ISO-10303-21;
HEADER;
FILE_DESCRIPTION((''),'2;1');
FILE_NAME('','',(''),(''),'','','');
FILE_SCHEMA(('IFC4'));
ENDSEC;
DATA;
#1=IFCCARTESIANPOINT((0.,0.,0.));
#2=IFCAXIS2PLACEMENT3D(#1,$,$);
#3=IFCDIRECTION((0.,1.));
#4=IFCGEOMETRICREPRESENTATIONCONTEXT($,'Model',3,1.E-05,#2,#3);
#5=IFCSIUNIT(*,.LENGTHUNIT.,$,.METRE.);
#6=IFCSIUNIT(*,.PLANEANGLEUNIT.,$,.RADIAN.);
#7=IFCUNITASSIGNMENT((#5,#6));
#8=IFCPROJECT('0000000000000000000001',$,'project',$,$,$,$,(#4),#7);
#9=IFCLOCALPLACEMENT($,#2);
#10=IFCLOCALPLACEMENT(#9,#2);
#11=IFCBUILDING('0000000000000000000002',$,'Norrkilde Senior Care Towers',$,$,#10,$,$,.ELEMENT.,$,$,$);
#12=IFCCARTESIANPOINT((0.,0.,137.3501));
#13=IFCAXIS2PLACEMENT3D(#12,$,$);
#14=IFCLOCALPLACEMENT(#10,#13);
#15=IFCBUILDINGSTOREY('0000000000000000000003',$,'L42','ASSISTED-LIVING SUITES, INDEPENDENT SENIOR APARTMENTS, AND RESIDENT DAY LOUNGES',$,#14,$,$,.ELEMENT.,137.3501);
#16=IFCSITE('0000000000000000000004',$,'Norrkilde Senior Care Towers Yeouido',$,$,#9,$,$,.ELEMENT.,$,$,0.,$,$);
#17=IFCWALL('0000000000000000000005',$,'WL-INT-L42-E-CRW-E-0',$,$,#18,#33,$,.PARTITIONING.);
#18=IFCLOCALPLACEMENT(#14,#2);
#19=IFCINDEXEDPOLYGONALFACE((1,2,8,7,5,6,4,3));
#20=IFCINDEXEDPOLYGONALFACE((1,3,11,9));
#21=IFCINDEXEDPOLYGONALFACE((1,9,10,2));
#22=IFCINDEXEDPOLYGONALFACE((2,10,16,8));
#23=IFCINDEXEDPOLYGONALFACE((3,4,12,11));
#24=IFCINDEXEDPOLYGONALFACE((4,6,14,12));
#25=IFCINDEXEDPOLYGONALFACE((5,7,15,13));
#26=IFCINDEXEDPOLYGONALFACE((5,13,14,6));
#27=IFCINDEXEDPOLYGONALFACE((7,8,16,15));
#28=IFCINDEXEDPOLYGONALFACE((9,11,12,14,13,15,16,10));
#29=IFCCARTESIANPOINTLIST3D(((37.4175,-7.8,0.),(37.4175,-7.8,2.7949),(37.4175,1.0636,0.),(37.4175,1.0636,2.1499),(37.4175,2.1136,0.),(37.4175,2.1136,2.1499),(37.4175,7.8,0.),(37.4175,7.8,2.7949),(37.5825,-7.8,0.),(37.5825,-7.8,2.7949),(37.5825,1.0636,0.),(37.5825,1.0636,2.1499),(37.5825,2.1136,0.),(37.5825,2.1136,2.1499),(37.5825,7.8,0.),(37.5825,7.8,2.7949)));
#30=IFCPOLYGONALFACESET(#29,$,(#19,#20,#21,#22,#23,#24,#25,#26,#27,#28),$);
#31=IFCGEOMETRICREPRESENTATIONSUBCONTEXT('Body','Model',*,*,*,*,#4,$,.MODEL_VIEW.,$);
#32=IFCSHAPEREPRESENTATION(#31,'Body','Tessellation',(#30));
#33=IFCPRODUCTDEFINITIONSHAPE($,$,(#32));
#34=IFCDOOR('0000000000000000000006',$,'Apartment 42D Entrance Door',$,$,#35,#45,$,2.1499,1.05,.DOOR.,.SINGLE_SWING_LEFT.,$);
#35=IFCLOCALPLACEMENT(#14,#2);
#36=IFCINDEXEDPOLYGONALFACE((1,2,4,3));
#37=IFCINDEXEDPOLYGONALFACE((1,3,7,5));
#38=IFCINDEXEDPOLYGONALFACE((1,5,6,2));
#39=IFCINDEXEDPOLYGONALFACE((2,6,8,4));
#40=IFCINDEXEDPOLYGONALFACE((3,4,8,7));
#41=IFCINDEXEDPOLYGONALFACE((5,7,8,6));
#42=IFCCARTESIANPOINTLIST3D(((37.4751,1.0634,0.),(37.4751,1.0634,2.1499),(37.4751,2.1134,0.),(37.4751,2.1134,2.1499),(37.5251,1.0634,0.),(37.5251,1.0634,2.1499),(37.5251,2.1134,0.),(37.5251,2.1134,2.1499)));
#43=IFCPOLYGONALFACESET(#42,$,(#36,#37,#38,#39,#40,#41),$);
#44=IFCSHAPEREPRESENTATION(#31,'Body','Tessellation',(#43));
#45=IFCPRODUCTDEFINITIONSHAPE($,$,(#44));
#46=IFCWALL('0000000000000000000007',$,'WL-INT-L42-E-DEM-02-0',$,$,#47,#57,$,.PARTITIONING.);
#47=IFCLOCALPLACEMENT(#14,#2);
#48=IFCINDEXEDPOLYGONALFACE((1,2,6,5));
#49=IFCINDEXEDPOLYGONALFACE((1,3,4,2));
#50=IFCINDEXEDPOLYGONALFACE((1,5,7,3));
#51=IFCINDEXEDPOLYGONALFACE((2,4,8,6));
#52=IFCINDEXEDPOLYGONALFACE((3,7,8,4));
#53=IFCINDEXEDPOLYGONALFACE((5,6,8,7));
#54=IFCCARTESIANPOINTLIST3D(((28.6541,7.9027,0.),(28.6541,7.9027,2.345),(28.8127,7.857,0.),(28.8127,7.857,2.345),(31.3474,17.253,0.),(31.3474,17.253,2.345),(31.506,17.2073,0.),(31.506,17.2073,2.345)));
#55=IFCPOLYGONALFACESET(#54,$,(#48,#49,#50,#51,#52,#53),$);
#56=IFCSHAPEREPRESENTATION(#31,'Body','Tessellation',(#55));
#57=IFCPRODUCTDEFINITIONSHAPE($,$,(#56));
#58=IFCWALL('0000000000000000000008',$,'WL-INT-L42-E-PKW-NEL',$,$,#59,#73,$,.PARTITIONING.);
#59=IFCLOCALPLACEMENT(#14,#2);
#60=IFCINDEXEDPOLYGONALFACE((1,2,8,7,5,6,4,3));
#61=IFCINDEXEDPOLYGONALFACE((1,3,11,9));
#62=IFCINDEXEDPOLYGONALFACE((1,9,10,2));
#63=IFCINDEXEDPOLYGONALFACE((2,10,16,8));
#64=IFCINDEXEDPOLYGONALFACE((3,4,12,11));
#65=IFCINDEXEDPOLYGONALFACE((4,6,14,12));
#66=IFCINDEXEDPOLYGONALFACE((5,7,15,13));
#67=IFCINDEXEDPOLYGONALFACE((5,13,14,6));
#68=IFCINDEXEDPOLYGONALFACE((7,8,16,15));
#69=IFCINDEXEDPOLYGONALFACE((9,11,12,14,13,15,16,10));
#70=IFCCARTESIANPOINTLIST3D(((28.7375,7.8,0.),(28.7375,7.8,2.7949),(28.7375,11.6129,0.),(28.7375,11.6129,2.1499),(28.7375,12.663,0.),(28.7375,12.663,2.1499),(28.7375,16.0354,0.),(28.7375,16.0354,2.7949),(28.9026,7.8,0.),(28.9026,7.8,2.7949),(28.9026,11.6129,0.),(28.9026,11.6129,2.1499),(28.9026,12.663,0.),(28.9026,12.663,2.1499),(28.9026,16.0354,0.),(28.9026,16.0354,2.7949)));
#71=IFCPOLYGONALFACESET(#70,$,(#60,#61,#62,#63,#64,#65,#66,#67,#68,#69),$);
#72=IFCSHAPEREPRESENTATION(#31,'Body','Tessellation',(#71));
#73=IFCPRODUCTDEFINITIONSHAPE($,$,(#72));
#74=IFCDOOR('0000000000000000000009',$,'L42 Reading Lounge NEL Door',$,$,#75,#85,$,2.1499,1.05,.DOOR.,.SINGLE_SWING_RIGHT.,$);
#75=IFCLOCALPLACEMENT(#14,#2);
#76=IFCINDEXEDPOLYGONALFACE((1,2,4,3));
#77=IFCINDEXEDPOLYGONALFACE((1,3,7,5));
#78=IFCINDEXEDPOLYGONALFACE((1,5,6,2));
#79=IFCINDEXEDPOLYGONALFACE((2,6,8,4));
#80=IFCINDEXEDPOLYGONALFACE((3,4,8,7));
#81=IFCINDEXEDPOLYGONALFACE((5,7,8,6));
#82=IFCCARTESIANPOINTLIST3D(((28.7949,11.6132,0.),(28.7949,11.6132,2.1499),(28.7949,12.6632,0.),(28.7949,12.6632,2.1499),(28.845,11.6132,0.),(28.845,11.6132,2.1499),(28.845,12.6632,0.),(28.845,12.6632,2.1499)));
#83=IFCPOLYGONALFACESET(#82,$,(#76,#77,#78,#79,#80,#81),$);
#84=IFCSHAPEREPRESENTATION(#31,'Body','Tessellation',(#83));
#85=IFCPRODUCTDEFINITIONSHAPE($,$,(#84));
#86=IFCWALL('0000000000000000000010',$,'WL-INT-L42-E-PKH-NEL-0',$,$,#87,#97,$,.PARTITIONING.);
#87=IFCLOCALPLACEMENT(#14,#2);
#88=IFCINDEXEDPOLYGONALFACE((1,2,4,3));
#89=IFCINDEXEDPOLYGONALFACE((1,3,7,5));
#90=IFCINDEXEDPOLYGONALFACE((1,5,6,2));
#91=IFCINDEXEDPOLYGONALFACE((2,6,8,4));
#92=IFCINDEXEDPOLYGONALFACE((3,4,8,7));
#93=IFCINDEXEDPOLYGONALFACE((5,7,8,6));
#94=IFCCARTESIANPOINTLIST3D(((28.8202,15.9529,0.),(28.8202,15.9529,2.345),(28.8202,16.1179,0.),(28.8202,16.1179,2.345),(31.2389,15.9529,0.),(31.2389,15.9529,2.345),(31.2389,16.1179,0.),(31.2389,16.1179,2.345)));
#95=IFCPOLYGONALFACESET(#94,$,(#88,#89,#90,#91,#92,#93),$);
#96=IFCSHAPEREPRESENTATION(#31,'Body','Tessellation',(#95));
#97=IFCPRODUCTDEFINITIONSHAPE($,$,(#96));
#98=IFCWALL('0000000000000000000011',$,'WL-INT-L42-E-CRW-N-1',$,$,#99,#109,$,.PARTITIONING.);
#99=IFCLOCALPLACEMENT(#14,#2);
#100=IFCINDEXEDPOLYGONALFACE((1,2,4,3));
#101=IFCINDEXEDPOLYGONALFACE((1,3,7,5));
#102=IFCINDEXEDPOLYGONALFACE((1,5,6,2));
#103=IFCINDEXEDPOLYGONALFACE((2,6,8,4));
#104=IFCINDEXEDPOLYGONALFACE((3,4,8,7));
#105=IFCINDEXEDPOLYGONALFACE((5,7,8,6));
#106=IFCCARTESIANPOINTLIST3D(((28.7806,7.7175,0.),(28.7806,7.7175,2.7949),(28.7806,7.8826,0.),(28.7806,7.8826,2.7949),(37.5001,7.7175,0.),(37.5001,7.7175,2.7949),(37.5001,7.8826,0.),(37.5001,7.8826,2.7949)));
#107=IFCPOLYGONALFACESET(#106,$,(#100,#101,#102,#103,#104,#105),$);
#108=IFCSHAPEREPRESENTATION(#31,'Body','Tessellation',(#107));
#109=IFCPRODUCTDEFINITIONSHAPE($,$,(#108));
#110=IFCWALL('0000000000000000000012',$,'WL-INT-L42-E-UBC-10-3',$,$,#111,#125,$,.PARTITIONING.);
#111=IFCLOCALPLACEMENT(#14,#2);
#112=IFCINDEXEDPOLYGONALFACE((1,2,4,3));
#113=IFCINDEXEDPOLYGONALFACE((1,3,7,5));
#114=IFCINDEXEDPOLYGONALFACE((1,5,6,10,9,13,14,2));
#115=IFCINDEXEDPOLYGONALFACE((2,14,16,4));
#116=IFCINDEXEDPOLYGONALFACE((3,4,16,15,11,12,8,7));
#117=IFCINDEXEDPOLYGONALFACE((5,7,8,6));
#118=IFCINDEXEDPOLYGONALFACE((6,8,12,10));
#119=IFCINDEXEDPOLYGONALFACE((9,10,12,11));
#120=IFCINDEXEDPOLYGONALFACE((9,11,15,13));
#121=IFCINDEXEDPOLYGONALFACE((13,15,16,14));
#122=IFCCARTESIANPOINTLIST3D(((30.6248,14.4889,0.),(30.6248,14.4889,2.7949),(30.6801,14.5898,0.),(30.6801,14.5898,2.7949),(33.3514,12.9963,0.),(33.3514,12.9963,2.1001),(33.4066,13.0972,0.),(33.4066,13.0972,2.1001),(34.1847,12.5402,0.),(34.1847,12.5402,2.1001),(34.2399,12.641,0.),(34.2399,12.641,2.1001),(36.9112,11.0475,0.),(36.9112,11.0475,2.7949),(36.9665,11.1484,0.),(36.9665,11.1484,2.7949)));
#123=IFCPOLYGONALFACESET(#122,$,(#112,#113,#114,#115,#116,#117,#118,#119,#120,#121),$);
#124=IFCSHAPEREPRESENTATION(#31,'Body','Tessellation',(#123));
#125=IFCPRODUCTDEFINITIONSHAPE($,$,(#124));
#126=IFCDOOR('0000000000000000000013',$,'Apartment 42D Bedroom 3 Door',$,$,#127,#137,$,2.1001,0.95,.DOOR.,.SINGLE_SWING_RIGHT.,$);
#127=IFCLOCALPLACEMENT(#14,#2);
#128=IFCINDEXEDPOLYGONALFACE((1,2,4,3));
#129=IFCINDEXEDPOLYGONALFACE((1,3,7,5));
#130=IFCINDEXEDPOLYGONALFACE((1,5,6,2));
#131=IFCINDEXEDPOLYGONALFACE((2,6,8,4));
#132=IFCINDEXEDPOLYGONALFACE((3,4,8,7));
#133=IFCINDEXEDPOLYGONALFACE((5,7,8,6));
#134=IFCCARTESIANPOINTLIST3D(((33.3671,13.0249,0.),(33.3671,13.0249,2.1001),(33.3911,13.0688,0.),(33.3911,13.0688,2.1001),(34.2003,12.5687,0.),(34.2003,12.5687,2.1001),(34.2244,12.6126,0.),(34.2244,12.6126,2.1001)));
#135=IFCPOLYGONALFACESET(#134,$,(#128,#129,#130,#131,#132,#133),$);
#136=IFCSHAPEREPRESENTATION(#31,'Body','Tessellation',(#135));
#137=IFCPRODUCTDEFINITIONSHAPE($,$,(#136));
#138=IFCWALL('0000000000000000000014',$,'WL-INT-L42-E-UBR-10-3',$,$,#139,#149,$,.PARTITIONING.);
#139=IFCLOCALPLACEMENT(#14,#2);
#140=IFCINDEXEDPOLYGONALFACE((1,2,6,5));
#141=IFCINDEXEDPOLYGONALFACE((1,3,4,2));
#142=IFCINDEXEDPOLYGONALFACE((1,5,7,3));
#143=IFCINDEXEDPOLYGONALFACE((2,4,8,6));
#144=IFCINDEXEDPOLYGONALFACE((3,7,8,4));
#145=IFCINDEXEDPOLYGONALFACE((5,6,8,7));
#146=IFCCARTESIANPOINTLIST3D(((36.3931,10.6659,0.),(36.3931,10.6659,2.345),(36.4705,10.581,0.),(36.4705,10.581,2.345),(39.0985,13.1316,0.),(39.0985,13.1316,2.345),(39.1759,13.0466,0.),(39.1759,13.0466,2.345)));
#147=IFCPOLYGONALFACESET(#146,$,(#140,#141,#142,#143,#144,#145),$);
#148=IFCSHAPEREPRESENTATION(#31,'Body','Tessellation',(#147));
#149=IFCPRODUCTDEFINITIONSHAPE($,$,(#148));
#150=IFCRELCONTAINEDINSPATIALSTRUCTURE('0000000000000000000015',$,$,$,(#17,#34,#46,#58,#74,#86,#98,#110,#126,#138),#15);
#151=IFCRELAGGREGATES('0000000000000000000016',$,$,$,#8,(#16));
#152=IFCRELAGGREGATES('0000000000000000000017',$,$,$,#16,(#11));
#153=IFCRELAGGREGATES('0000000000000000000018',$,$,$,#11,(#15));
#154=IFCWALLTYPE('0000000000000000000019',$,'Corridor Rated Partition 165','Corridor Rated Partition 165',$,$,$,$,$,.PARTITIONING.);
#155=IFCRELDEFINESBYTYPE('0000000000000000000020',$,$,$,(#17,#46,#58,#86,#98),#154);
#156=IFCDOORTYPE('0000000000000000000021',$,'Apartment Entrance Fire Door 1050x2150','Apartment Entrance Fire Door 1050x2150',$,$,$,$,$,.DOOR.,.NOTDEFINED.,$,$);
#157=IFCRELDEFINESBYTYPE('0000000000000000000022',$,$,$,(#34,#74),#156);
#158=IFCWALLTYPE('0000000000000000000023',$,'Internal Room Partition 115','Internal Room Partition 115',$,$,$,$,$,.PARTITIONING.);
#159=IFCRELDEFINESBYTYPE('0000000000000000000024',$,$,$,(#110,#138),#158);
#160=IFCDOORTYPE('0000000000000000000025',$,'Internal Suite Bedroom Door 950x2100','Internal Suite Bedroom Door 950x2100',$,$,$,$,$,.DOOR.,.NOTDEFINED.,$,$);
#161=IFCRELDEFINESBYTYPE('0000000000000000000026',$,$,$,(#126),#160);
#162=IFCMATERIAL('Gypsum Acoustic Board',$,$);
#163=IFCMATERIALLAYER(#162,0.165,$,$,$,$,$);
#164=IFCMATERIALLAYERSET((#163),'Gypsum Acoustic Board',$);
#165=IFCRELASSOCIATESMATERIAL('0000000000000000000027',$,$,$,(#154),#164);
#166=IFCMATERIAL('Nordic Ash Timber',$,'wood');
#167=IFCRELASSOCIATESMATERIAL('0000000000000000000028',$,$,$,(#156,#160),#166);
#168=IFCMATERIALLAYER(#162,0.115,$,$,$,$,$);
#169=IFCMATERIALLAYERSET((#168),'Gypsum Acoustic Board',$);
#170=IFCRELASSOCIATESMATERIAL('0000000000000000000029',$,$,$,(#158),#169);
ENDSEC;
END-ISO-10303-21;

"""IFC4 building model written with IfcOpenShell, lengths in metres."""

from ifc_helpers import new_model, si_unit, direction, frame, frame_2d, origin, place, context, subcontext, project, spatial, rectangle, extrude, source, transform, mapped, material, layer, layer_set, type_object, type_shapes, element, fill, save


model = new_model("IFC4")

# Units and contexts
model_context = context("Model", 3, precision=1e-05, world=origin(), true_north=direction((0.0, 1.0)))
body_context = subcontext(model_context, "Body", "Model", "MODEL_VIEW")
ifc_project = project(units=[si_unit("LENGTHUNIT", "METRE"), si_unit("PLANEANGLEUNIT", "RADIAN")], contexts=[model_context])

# Site, building, storey
site_placement = place(None, origin())
site = spatial("IfcSite", under=ifc_project, at=site_placement, Name="Norrkilde Senior Care Towers Yeouido", CompositionType="ELEMENT", RefElevation=0.0)
building_placement = place(site_placement, origin())
building = spatial("IfcBuilding", under=site, at=building_placement, Name="Norrkilde Senior Care Towers", CompositionType="ELEMENT")
storey_placement = place(building_placement, frame((0.0, 0.0, 137.3501)))
storey = spatial("IfcBuildingStorey", under=building, at=storey_placement, Name="L42", Description="ASSISTED-LIVING SUITES, INDEPENDENT SENIOR APARTMENTS, AND RESIDENT DAY LOUNGES", CompositionType="ELEMENT", Elevation=137.3501)

# Wall, opening, door
ifc_material_1 = material(Name="Gypsum Acoustic Board")
ifc_layer_1 = layer(ifc_material_1, 0.165)
ifc_layer_set_1 = layer_set([ifc_layer_1], Name="Gypsum Acoustic Board")
wall_type_1 = type_object("IfcWallType", Name="Corridor Rated Partition 165", Description="Corridor Rated Partition 165", PredefinedType="PARTITIONING", material=ifc_layer_set_1)
shared_shape_1 = source(origin(), body_context, "Body", "SweptSolid", [
    extrude(rectangle(XDim=15.6001, YDim=0.165, at=frame_2d((7.8, 0.0))), origin(), (0.0, 0.0, 1.0), 2.7949),
])
wall_1_placement = place(storey_placement, frame((37.5, 7.8, 0.0), z_axis=(0.0, 0.0, 1.0), x_axis=(0.0, -1.0, 0.0)))
wall_1 = element("IfcWall", 1, at=wall_1_placement, inside=storey, type_object=wall_type_1, Name="WL-INT-L42-E-CRW-E-0", PredefinedType="PARTITIONING", context=body_context, shape_type="MappedRepresentation", body=[
    mapped(shared_shape_1, transform((0.0, 0.0, 0.0), x_axis=(1.0, 0.0, 0.0), y_axis=(0.0, 1.0, 0.0), z_axis=(0.0, 0.0, 1.0), scale=1.0)),
])
opening_1_placement = place(wall_1_placement, frame((5.6865, 0.0, 0.0)))
opening_1 = element("IfcOpeningElement", 2, at=opening_1_placement, cuts=wall_1, PredefinedType="OPENING", context=body_context, shape_type="SweptSolid", body=[
    extrude(rectangle(XDim=1.05, YDim=2.1499, at=frame_2d((0.5249, 1.075))), frame((0.0, 0.0925, 0.0), z_axis=(0.0, -1.0, 0.0), x_axis=(1.0, 0.0, 0.0)), (0.0, 0.0, 1.0), 0.1851),
])
ifc_material_2 = material(Name="Nordic Ash Timber", Category="wood")
door_type_1 = type_object("IfcDoorType", Name="Apartment Entrance Fire Door 1050x2150", Description="Apartment Entrance Fire Door 1050x2150", OperationType="NOTDEFINED", PredefinedType="DOOR", material=ifc_material_2)
shared_shape_2 = source(origin(), body_context, "Body", "SweptSolid", [
    extrude(rectangle(XDim=1.05, YDim=2.1499, at=frame_2d((0.5249, 1.075))), frame((0.0, 0.0249, 0.0), z_axis=(0.0, -1.0, 0.0), x_axis=(1.0, 0.0, 0.0)), (0.0, 0.0, 1.0), 0.05),
])
type_shapes(door_type_1, [shared_shape_2])
door_1_placement = place(opening_1_placement, frame((1.05, 0.0, 0.0), z_axis=(0.0, 0.0, 1.0), x_axis=(-1.0, 0.0, 0.0)))
door_1 = element("IfcDoor", 3, at=door_1_placement, inside=storey, type_object=door_type_1, Name="Apartment 42D Entrance Door", OperationType="SINGLE_SWING_LEFT", OverallHeight=2.1499, OverallWidth=1.05, PredefinedType="DOOR", context=body_context, shape_type="MappedRepresentation", body=[
    mapped(shared_shape_2, transform((0.0, 0.0, 0.0), x_axis=(1.0, 0.0, 0.0), y_axis=(0.0, 1.0, 0.0), z_axis=(0.0, 0.0, 1.0), scale=1.0)),
])
fill(opening_1, door_1)

# Wall
shared_shape_3 = source(origin(), body_context, "Body", "SweptSolid", [
    extrude(rectangle(XDim=9.7305, YDim=0.165, at=frame_2d((4.8652, 0.0))), origin(), (0.0, 0.0, 1.0), 2.345),
])
wall_2_placement = place(storey_placement, frame((28.7334, 7.8799, 0.0), z_axis=(0.0, 0.0, 1.0), x_axis=(0.276795, 0.960929, 0.0)))
element("IfcWall", 4, at=wall_2_placement, inside=storey, type_object=wall_type_1, Name="WL-INT-L42-E-DEM-02-0", PredefinedType="PARTITIONING", context=body_context, shape_type="MappedRepresentation", body=[
    mapped(shared_shape_3, transform((0.0, 0.0, 0.0), x_axis=(1.0, 0.0, 0.0), y_axis=(0.0, 1.0, 0.0), z_axis=(0.0, 0.0, 1.0), scale=1.0)),
])

# Wall, opening, door
shared_shape_4 = source(origin(), body_context, "Body", "SweptSolid", [
    extrude(rectangle(XDim=8.2354, YDim=0.165, at=frame_2d((4.1177, 0.0))), origin(), (0.0, 0.0, 1.0), 2.7949),
])
wall_3_placement = place(storey_placement, frame((28.8201, 7.8, 0.0), z_axis=(0.0, 0.0, 1.0), x_axis=(0.0, 1.0, 0.0)))
wall_3 = element("IfcWall", 5, at=wall_3_placement, inside=storey, type_object=wall_type_1, Name="WL-INT-L42-E-PKW-NEL", PredefinedType="PARTITIONING", context=body_context, shape_type="MappedRepresentation", body=[
    mapped(shared_shape_4, transform((0.0, 0.0, 0.0), x_axis=(1.0, 0.0, 0.0), y_axis=(0.0, 1.0, 0.0), z_axis=(0.0, 0.0, 1.0), scale=1.0)),
])
opening_2_placement = place(wall_3_placement, frame((3.813, 0.0, 0.0)))
opening_2 = element("IfcOpeningElement", 6, at=opening_2_placement, cuts=wall_3, PredefinedType="OPENING", context=body_context, shape_type="SweptSolid", body=[
    extrude(rectangle(XDim=1.05, YDim=2.1499, at=frame_2d((0.5249, 1.075))), frame((0.0, 0.0925, 0.0), z_axis=(0.0, -1.0, 0.0), x_axis=(1.0, 0.0, 0.0)), (0.0, 0.0, 1.0), 0.1851),
])
door_2_placement = place(opening_2_placement, frame((1.05, 0.0, 0.0), z_axis=(0.0, 0.0, 1.0), x_axis=(-1.0, 0.0, 0.0)))
door_2 = element("IfcDoor", 7, at=door_2_placement, inside=storey, type_object=door_type_1, Name="L42 Reading Lounge NEL Door", OperationType="SINGLE_SWING_RIGHT", OverallHeight=2.1499, OverallWidth=1.05, PredefinedType="DOOR", context=body_context, shape_type="MappedRepresentation", body=[
    mapped(shared_shape_2, transform((0.0, 0.0, 0.0), x_axis=(1.0, 0.0, 0.0), y_axis=(0.0, 1.0, 0.0), z_axis=(0.0, 0.0, 1.0), scale=1.0)),
])
fill(opening_2, door_2)

# Walls
shared_shape_5 = source(origin(), body_context, "Body", "SweptSolid", [
    extrude(rectangle(XDim=2.4187, YDim=0.165, at=frame_2d((1.2095, 0.0))), origin(), (0.0, 0.0, 1.0), 2.345),
])
wall_4_placement = place(storey_placement, frame((28.8201, 16.0354, 0.0), z_axis=(0.0, 0.0, 1.0), x_axis=(1.0, 0.0, 0.0)))
element("IfcWall", 8, at=wall_4_placement, inside=storey, type_object=wall_type_1, Name="WL-INT-L42-E-PKH-NEL-0", PredefinedType="PARTITIONING", context=body_context, shape_type="MappedRepresentation", body=[
    mapped(shared_shape_5, transform((0.0, 0.0, 0.0), x_axis=(1.0, 0.0, 0.0), y_axis=(0.0, 1.0, 0.0), z_axis=(0.0, 0.0, 1.0), scale=1.0)),
])
shared_shape_6 = source(origin(), body_context, "Body", "SweptSolid", [
    extrude(rectangle(XDim=8.7195, YDim=0.165, at=frame_2d((4.3599, 0.0))), origin(), (0.0, 0.0, 1.0), 2.7949),
])
type_shapes(wall_type_1, [shared_shape_1, shared_shape_3, shared_shape_4, shared_shape_5, shared_shape_6])
wall_5_placement = place(storey_placement, frame((28.7805, 7.8, 0.0), z_axis=(0.0, 0.0, 1.0), x_axis=(1.0, 0.0, 0.0)))
element("IfcWall", 9, at=wall_5_placement, inside=storey, type_object=wall_type_1, Name="WL-INT-L42-E-CRW-N-1", PredefinedType="PARTITIONING", context=body_context, shape_type="MappedRepresentation", body=[
    mapped(shared_shape_6, transform((0.0, 0.0, 0.0), x_axis=(1.0, 0.0, 0.0), y_axis=(0.0, 1.0, 0.0), z_axis=(0.0, 0.0, 1.0), scale=1.0)),
])

# Wall, opening, door
ifc_layer_2 = layer(ifc_material_1, 0.115)
ifc_layer_set_2 = layer_set([ifc_layer_2], Name="Gypsum Acoustic Board")
wall_type_2 = type_object("IfcWallType", Name="Internal Room Partition 115", Description="Internal Room Partition 115", PredefinedType="PARTITIONING", material=ifc_layer_set_2)
shared_shape_7 = source(origin(), body_context, "Body", "SweptSolid", [
    extrude(rectangle(XDim=7.1667, YDim=0.115, at=frame_2d((3.5835, 0.0))), origin(), (0.0, 0.0, 1.0), 2.7949),
])
wall_6_placement = place(storey_placement, frame((36.939, 11.0979, 0.0), z_axis=(0.0, 0.0, 1.0), x_axis=(-0.877163, 0.480193, 0.0)))
wall_6 = element("IfcWall", 10, at=wall_6_placement, inside=storey, type_object=wall_type_2, Name="WL-INT-L42-E-UBC-10-3", PredefinedType="PARTITIONING", context=body_context, shape_type="MappedRepresentation", body=[
    mapped(shared_shape_7, transform((0.0, 0.0, 0.0), x_axis=(1.0, 0.0, 0.0), y_axis=(0.0, 1.0, 0.0), z_axis=(0.0, 0.0, 1.0), scale=1.0)),
])
opening_3_placement = place(wall_6_placement, frame((3.1084, 0.0, 0.0)))
opening_3 = element("IfcOpeningElement", 11, at=opening_3_placement, cuts=wall_6, PredefinedType="OPENING", context=body_context, shape_type="SweptSolid", body=[
    extrude(rectangle(XDim=0.95, YDim=2.1001, at=frame_2d((0.4751, 1.05))), frame((0.0, 0.0674, 0.0), z_axis=(0.0, -1.0, 0.0), x_axis=(1.0, 0.0, 0.0)), (0.0, 0.0, 1.0), 0.135),
])
door_type_2 = type_object("IfcDoorType", Name="Internal Suite Bedroom Door 950x2100", Description="Internal Suite Bedroom Door 950x2100", OperationType="NOTDEFINED", PredefinedType="DOOR", material=ifc_material_2)
shared_shape_8 = source(origin(), body_context, "Body", "SweptSolid", [
    extrude(rectangle(XDim=0.95, YDim=2.1001, at=frame_2d((0.4751, 1.05))), frame((0.0, 0.0249, 0.0), z_axis=(0.0, -1.0, 0.0), x_axis=(1.0, 0.0, 0.0)), (0.0, 0.0, 1.0), 0.05),
])
type_shapes(door_type_2, [shared_shape_8])
door_3_placement = place(opening_3_placement, origin())
door_3 = element("IfcDoor", 12, at=door_3_placement, inside=storey, type_object=door_type_2, Name="Apartment 42D Bedroom 3 Door", OperationType="SINGLE_SWING_RIGHT", OverallHeight=2.1001, OverallWidth=0.95, PredefinedType="DOOR", context=body_context, shape_type="MappedRepresentation", body=[
    mapped(shared_shape_8, transform((0.0, 0.0, 0.0), x_axis=(1.0, 0.0, 0.0), y_axis=(0.0, 1.0, 0.0), z_axis=(0.0, 0.0, 1.0), scale=1.0)),
])
fill(opening_3, door_3)

# Wall
shared_shape_9 = source(origin(), body_context, "Body", "SweptSolid", [
    extrude(rectangle(XDim=3.6604, YDim=0.115, at=frame_2d((1.8301, 0.0))), origin(), (0.0, 0.0, 1.0), 2.345),
])
type_shapes(wall_type_2, [shared_shape_7, shared_shape_9])
wall_7_placement = place(storey_placement, frame((36.4319, 10.6235, 0.0), z_axis=(0.0, 0.0, 1.0), x_axis=(0.739097, 0.673599, 0.0)))
element("IfcWall", 13, at=wall_7_placement, inside=storey, type_object=wall_type_2, Name="WL-INT-L42-E-UBR-10-3", PredefinedType="PARTITIONING", context=body_context, shape_type="MappedRepresentation", body=[
    mapped(shared_shape_9, transform((0.0, 0.0, 0.0), x_axis=(1.0, 0.0, 0.0), y_axis=(0.0, 1.0, 0.0), z_axis=(0.0, 0.0, 1.0), scale=1.0)),
])

save(model, "model.ifc")
